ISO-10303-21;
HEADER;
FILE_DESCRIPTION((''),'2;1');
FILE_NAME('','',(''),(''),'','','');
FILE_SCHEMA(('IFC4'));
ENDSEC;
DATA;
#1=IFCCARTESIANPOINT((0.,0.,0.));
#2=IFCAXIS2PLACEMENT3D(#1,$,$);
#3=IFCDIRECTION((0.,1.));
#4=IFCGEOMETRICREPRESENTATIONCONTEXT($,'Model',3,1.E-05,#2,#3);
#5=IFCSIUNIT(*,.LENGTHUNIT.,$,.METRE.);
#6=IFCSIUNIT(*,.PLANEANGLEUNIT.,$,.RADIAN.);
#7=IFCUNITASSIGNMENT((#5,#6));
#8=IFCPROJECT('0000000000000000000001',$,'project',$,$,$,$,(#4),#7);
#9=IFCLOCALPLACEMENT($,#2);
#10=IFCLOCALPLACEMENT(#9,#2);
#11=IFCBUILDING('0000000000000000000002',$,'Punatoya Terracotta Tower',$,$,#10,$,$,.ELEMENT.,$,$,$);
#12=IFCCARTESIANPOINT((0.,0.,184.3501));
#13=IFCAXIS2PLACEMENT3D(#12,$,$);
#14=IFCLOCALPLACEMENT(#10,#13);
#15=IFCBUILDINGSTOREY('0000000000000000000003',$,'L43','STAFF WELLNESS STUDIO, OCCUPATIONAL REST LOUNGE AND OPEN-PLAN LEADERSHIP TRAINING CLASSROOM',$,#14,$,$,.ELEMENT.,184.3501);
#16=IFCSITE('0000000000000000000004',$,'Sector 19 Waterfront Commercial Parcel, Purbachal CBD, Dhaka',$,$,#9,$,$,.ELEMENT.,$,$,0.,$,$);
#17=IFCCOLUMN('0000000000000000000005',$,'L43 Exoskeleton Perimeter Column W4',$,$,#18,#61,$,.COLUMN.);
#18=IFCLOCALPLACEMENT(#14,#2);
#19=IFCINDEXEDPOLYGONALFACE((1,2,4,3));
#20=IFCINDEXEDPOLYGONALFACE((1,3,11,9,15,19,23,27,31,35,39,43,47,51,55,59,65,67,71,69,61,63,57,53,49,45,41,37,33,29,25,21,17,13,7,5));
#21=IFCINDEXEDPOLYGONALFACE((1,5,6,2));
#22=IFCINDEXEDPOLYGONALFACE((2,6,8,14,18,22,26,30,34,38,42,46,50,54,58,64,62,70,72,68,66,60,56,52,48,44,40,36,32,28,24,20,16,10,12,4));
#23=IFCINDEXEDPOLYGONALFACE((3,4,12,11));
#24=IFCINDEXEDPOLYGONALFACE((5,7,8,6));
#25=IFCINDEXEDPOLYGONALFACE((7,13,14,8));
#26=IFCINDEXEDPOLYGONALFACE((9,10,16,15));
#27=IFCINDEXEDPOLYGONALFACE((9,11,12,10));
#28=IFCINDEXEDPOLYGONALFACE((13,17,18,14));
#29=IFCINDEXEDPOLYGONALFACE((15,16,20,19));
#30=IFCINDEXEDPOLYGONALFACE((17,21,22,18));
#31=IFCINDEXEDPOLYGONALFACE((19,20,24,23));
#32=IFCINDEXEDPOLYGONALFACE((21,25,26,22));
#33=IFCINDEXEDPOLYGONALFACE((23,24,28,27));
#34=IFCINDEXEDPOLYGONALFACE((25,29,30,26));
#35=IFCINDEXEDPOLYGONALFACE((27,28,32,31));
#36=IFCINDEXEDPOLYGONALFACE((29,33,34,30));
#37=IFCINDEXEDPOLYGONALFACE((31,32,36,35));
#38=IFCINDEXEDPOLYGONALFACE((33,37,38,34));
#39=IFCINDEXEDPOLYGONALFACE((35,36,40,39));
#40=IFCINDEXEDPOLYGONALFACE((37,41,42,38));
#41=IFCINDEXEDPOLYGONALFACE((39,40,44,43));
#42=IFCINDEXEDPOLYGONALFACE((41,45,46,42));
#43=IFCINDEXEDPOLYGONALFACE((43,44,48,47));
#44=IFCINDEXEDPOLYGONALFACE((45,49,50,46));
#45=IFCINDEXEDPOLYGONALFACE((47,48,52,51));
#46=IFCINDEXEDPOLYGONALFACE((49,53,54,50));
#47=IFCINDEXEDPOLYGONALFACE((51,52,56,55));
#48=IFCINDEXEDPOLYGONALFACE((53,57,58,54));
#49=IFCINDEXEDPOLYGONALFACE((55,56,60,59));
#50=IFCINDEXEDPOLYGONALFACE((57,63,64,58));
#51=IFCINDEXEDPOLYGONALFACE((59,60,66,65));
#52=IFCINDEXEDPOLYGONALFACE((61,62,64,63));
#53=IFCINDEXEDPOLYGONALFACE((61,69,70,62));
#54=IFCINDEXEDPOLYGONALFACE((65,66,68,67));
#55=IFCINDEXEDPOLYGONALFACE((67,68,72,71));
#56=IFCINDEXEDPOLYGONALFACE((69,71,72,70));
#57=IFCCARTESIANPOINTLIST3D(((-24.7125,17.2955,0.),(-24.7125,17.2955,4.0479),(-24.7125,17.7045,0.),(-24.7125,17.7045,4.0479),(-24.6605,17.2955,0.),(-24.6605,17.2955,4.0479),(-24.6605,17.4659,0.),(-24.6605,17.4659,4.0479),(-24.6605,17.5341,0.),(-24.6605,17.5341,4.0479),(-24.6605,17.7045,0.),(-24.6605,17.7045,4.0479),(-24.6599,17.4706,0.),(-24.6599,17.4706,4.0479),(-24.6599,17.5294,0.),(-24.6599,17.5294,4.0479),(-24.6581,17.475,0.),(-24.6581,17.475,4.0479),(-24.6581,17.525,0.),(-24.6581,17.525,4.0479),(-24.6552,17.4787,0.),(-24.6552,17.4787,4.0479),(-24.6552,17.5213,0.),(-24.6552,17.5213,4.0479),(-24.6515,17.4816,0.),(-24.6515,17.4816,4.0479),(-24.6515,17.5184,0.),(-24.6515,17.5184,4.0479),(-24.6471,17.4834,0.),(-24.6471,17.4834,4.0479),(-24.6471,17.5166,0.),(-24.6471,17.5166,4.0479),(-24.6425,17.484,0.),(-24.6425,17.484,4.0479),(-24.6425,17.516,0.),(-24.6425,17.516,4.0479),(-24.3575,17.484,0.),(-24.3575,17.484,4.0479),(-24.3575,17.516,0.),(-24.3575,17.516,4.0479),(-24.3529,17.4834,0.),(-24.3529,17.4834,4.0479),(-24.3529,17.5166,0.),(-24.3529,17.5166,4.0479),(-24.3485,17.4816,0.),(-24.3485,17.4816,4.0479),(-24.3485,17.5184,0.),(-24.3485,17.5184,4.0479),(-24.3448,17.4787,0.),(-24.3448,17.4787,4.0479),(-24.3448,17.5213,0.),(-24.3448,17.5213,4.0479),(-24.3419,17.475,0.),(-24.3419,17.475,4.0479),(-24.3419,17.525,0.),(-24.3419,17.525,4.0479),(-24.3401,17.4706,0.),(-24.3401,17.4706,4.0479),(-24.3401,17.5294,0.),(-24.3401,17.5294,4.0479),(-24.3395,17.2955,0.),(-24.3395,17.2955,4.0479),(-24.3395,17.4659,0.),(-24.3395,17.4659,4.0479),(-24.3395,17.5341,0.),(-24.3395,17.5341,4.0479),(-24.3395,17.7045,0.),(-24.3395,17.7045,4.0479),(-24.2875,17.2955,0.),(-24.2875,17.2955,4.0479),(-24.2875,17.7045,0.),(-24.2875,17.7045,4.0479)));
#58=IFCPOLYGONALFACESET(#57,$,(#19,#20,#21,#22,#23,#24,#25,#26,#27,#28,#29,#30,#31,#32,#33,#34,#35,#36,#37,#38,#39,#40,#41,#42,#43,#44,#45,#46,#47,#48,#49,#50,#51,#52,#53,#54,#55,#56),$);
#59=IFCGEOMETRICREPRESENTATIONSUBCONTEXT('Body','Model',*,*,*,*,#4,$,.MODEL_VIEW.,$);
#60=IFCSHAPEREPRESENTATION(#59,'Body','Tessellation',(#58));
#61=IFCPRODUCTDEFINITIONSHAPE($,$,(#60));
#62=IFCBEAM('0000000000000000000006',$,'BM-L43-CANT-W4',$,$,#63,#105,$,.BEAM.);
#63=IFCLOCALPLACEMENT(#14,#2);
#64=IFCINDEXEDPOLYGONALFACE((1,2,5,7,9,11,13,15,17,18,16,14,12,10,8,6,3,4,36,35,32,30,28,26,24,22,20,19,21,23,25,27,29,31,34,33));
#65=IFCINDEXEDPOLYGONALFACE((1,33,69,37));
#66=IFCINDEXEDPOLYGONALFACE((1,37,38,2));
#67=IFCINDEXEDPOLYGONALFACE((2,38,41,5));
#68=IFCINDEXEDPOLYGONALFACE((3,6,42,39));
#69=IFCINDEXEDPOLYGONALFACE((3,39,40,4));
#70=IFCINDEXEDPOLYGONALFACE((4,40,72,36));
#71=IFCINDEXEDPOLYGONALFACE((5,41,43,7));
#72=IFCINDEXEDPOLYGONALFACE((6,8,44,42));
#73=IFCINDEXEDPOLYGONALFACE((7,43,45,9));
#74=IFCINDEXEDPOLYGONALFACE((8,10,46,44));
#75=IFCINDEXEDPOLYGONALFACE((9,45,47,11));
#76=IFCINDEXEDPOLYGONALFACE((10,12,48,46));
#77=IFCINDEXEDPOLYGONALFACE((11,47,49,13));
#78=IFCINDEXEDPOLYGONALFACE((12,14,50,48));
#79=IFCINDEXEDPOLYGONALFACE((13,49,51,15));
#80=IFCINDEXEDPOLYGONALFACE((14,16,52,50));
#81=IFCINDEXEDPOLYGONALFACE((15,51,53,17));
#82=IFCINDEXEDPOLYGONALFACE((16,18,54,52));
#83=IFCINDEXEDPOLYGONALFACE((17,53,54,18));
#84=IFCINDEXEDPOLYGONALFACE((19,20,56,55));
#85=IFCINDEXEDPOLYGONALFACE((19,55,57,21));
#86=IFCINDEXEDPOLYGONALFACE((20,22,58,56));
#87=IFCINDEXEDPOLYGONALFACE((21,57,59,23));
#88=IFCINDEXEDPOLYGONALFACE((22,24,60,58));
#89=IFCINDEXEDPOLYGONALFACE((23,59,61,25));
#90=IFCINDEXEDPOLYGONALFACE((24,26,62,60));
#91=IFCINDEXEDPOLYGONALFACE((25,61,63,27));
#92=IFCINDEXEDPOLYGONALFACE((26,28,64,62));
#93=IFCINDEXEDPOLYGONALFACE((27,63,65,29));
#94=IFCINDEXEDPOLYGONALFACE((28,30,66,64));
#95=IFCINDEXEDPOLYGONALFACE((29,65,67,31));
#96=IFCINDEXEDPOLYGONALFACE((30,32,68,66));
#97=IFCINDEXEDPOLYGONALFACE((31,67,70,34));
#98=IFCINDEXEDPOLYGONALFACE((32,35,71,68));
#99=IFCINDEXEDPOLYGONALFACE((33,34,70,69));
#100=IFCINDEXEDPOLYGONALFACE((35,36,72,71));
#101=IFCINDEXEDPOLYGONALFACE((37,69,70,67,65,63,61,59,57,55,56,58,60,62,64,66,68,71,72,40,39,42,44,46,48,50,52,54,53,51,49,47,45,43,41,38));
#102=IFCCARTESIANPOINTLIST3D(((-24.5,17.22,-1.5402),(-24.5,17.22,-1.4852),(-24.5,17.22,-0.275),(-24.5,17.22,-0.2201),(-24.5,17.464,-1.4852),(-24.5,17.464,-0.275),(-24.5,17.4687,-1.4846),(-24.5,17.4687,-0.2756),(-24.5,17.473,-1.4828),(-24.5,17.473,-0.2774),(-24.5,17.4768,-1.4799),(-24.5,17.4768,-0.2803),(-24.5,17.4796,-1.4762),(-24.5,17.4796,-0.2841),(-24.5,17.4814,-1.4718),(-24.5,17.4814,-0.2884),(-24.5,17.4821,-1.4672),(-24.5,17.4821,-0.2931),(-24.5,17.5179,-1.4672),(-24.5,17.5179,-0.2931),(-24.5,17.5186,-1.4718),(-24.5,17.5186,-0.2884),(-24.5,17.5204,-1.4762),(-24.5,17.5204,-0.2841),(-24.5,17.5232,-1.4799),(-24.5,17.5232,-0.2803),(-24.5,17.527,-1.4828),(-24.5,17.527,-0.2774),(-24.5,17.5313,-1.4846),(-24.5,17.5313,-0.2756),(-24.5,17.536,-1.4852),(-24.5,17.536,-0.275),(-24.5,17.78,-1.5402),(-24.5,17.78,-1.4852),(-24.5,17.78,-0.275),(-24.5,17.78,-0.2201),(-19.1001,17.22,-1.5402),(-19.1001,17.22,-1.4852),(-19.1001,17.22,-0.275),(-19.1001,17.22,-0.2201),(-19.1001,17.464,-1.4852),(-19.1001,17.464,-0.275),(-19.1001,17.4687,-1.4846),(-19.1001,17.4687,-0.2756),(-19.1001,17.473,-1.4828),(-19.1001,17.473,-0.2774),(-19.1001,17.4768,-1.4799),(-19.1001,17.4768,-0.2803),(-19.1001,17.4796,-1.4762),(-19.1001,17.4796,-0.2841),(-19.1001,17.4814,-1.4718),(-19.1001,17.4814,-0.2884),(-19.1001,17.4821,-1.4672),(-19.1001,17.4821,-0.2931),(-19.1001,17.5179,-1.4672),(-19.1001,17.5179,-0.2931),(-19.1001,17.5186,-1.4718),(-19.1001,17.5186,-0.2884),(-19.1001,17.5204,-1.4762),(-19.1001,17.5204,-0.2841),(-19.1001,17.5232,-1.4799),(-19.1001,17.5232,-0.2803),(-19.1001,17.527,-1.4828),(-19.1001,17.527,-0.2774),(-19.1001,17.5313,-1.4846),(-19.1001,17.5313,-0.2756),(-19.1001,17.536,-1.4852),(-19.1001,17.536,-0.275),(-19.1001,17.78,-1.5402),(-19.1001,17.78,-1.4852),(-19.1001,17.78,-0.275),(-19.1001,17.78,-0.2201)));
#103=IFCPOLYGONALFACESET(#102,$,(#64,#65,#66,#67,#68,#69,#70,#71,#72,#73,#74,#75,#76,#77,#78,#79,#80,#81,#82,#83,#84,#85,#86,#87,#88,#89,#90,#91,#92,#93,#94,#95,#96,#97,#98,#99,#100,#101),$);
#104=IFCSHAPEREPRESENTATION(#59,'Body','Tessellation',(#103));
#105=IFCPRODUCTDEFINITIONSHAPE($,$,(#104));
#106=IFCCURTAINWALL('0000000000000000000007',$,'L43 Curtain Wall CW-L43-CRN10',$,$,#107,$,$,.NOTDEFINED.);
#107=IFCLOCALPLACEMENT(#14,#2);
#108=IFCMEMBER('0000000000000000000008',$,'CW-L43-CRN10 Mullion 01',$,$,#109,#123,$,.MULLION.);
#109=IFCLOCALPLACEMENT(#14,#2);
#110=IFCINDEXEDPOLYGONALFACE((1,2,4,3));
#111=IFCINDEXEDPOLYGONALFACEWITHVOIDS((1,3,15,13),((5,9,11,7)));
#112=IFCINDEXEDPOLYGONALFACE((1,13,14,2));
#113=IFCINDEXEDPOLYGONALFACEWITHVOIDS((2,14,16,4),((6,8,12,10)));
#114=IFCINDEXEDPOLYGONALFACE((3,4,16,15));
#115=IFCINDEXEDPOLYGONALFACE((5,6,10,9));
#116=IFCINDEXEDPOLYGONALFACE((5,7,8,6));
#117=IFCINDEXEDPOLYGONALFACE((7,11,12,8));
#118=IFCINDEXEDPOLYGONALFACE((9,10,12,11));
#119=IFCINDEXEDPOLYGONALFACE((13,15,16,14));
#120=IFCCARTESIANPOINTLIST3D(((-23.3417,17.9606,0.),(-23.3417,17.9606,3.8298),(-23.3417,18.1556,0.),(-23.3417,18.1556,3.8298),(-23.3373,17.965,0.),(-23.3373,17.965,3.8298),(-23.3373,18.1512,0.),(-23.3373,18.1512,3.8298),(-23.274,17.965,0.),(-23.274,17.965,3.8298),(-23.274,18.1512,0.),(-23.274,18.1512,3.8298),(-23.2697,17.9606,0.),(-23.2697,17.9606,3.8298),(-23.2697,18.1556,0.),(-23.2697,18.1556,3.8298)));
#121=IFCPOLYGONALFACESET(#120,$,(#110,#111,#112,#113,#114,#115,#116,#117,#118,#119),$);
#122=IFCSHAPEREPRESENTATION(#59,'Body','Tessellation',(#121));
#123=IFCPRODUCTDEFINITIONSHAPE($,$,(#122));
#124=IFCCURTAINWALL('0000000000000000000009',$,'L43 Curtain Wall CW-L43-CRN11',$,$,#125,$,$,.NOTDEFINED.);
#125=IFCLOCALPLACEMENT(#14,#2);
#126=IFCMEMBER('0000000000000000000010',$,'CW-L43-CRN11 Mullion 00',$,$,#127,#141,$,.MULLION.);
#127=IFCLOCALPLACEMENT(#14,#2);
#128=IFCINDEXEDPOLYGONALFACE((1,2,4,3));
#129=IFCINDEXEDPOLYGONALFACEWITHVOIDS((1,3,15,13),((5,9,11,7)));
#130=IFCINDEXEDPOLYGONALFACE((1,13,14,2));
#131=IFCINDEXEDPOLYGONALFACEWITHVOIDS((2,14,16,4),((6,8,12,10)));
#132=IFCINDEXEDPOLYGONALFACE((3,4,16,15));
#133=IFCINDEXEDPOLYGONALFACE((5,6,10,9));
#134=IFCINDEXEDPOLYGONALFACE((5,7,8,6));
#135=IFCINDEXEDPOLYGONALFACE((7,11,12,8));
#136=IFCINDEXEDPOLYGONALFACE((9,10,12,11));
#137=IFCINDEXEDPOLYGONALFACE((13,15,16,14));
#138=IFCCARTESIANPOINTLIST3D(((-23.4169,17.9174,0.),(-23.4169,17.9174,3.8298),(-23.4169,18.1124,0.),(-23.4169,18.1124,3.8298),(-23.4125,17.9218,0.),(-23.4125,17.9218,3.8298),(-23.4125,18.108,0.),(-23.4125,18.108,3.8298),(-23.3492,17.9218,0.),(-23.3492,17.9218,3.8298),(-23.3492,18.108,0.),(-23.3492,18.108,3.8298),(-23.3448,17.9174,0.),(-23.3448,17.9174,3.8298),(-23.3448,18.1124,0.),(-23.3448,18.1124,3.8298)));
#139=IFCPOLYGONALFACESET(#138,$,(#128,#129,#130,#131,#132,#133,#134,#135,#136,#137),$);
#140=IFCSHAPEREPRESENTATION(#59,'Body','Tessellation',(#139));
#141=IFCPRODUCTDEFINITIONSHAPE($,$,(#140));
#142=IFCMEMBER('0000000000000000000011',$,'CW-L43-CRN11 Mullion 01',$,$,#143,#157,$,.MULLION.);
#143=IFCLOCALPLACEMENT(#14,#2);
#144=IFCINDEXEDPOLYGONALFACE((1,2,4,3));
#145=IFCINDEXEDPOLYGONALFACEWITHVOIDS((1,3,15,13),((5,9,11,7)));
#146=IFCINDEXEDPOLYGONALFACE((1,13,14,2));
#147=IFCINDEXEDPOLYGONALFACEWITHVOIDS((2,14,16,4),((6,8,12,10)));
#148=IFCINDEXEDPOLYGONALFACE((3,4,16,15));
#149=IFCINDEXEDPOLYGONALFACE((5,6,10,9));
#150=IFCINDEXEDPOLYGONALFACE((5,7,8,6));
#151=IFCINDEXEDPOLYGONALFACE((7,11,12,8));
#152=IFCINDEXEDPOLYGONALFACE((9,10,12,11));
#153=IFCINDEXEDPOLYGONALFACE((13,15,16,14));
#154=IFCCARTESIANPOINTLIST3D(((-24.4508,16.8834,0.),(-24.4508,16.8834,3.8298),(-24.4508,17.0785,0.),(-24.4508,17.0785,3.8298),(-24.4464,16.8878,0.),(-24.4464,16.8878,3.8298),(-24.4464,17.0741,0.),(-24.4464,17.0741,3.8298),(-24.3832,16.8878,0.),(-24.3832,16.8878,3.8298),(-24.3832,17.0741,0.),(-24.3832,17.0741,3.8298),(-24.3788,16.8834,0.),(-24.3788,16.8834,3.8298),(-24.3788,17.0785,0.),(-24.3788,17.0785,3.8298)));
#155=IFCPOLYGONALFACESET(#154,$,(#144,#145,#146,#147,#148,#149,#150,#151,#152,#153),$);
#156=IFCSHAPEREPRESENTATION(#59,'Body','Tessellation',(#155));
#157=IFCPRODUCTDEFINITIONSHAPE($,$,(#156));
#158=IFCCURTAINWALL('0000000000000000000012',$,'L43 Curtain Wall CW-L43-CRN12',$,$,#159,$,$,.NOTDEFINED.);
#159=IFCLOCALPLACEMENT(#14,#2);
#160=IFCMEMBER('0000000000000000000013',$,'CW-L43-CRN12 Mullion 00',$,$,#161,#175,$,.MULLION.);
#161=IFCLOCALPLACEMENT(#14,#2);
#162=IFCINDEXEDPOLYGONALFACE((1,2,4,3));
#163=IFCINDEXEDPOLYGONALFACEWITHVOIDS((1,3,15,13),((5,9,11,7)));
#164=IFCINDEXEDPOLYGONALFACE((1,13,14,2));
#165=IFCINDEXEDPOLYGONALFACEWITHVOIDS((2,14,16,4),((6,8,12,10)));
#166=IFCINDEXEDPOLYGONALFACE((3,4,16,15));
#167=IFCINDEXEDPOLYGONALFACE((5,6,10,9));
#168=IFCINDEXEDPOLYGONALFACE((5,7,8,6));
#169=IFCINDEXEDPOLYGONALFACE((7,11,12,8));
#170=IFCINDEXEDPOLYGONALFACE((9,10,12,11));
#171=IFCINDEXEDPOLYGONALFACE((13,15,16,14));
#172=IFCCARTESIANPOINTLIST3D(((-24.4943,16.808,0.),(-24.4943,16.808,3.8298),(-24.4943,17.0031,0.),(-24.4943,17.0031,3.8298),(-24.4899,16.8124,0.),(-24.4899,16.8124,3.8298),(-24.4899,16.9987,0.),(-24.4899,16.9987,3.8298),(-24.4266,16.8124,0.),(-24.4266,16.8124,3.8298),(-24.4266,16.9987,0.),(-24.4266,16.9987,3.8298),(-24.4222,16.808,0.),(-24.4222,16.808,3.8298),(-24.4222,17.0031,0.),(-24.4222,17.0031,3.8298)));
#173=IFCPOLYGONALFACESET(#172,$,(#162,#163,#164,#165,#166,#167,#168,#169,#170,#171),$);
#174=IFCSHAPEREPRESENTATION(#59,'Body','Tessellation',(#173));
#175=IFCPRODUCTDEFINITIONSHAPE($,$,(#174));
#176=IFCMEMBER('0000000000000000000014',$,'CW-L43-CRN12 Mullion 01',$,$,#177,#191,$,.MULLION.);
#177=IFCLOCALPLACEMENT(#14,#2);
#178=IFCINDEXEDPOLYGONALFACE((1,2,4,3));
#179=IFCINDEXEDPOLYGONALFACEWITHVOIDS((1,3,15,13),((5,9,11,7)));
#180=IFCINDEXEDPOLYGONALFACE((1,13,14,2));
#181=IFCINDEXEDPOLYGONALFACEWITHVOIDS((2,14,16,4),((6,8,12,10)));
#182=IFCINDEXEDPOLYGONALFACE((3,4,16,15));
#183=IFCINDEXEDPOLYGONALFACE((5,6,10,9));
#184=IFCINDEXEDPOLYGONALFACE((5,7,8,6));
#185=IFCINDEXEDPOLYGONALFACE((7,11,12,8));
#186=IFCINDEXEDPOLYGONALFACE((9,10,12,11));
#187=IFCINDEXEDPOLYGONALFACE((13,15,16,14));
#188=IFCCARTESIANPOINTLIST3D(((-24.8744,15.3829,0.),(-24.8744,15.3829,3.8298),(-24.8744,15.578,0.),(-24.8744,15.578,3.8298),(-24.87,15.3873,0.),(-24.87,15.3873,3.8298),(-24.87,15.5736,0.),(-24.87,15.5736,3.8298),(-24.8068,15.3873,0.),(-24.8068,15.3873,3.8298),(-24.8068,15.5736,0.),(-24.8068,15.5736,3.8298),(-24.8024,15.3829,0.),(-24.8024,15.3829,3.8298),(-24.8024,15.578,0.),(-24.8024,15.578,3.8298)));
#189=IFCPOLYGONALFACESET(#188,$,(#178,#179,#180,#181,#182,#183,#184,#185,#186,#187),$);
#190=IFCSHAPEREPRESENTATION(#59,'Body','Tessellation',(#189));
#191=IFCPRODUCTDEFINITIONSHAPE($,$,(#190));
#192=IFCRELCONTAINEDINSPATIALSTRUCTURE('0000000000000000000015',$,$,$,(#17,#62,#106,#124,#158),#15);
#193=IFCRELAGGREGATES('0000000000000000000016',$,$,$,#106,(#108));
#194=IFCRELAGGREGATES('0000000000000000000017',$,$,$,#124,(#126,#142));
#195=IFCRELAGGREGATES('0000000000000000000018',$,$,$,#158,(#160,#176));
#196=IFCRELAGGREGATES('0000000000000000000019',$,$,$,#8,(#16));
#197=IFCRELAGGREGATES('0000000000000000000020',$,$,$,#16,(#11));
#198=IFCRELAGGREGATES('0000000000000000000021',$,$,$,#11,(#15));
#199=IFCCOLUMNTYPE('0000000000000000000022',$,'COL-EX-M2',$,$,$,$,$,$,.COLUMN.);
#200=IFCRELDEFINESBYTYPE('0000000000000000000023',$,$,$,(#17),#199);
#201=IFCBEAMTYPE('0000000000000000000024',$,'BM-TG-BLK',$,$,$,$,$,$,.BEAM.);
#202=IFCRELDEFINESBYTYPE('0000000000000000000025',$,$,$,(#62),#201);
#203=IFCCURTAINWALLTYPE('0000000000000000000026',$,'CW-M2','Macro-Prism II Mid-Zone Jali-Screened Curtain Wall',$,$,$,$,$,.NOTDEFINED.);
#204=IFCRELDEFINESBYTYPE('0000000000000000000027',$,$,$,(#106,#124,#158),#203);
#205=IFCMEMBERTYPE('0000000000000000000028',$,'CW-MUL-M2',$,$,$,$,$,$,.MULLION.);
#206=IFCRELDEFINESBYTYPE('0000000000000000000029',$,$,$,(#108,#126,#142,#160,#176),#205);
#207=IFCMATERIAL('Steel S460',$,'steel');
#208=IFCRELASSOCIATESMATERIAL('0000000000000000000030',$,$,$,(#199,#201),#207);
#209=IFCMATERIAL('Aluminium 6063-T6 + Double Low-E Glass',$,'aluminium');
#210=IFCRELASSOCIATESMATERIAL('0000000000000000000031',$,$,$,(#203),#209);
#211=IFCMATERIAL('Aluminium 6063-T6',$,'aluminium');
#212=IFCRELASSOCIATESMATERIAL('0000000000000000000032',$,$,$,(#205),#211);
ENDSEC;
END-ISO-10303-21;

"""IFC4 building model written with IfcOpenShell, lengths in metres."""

from ifc_helpers import new_model, si_unit, direction, frame, origin, origin_2d, place, context, subcontext, project, spatial, hollow_rectangle, i_section, extrude, material, material_profile, profile_set, type_object, element, aggregate, save


model = new_model("IFC4")

# Units and contexts
model_context = context("Model", 3, precision=1e-05, world=origin(), true_north=direction((0.0, 1.0)))
body_context = subcontext(model_context, "Body", "Model", "MODEL_VIEW")
ifc_project = project(units=[si_unit("LENGTHUNIT", "METRE"), si_unit("PLANEANGLEUNIT", "RADIAN")], contexts=[model_context])

# Site, building, storey
site_placement = place(None, origin())
site = spatial("IfcSite", under=ifc_project, at=site_placement, Name="Sector 19 Waterfront Commercial Parcel, Purbachal CBD, Dhaka", CompositionType="ELEMENT", RefElevation=0.0)
building_placement = place(site_placement, origin())
building = spatial("IfcBuilding", under=site, at=building_placement, Name="Punatoya Terracotta Tower", CompositionType="ELEMENT")
storey_placement = place(building_placement, frame((0.0, 0.0, 184.3501)))
storey = spatial("IfcBuildingStorey", under=building, at=storey_placement, Name="L43", Description="STAFF WELLNESS STUDIO, OCCUPATIONAL REST LOUNGE AND OPEN-PLAN LEADERSHIP TRAINING CLASSROOM", CompositionType="ELEMENT", Elevation=184.3501)

# Column
ifc_material_1 = material(Name="Steel S460", Category="steel")
ifc_material_profile_1 = material_profile(ifc_material_1, i_section(OverallWidth=0.4089, OverallDepth=0.425, WebThickness=0.032, FlangeThickness=0.052, FilletRadius=0.0181, at=origin_2d()))
ifc_profile_set_1 = profile_set([ifc_material_profile_1], Name="Steel S460")
column_type = type_object("IfcColumnType", Name="COL-EX-M2", PredefinedType="COLUMN", material=ifc_profile_set_1)
column_placement = place(storey_placement, frame((-24.5, 17.5, 0.0), z_axis=(0.0, 0.0, 1.0), x_axis=(0.0, 1.0, 0.0)))
element("IfcColumn", 1, at=column_placement, inside=storey, type_object=column_type, Name="L43 Exoskeleton Perimeter Column W4", PredefinedType="COLUMN", context=body_context, shape_type="SweptSolid", body=[
    extrude(i_section(OverallWidth=0.4089, OverallDepth=0.425, WebThickness=0.032, FlangeThickness=0.052, FilletRadius=0.0181, at=origin_2d()), origin(), (0.0, 0.0, 1.0), 4.0479),
])

# Beam
ifc_material_profile_2 = material_profile(ifc_material_1, i_section(OverallWidth=0.5601, OverallDepth=1.3201, WebThickness=0.0359, FlangeThickness=0.0549, FilletRadius=0.0181, at=origin_2d()))
ifc_profile_set_2 = profile_set([ifc_material_profile_2], Name="Steel S460")
beam_type = type_object("IfcBeamType", Name="BM-TG-BLK", PredefinedType="BEAM", material=ifc_profile_set_2)
beam_placement = place(storey_placement, frame((-24.5, 17.5, -0.8801), z_axis=(1.0, 0.0, 0.0), x_axis=(0.0, 1.0, 0.0)))
element("IfcBeam", 2, at=beam_placement, inside=storey, type_object=beam_type, Name="BM-L43-CANT-W4", PredefinedType="BEAM", context=body_context, shape_type="SweptSolid", body=[
    extrude(i_section(OverallWidth=0.5601, OverallDepth=1.3201, WebThickness=0.0359, FlangeThickness=0.0549, FilletRadius=0.0181, at=origin_2d()), origin(), (0.0, 0.0, 1.0), 5.3999),
])

# Curtain wall, member
ifc_material_2 = material(Name="Aluminium 6063-T6 + Double Low-E Glass", Category="aluminium")
curtain_wall_type = type_object("IfcCurtainWallType", Name="CW-M2", Description="Macro-Prism II Mid-Zone Jali-Screened Curtain Wall", PredefinedType="NOTDEFINED", material=ifc_material_2)
curtain_wall_1_placement = place(storey_placement, origin())
curtain_wall_1 = element("IfcCurtainWall", 3, at=curtain_wall_1_placement, inside=storey, type_object=curtain_wall_type, Name="L43 Curtain Wall CW-L43-CRN10", PredefinedType="NOTDEFINED")
ifc_material_3 = material(Name="Aluminium 6063-T6", Category="aluminium")
ifc_material_profile_3 = material_profile(ifc_material_3, hollow_rectangle(XDim=0.072, YDim=0.1951, WallThickness=0.0044, at=origin_2d()))
ifc_profile_set_3 = profile_set([ifc_material_profile_3], Name="Aluminium 6063-T6")
member_type_1 = type_object("IfcMemberType", Name="CW-MUL-M2", PredefinedType="MULLION", material=ifc_profile_set_3)
member_1_placement = place(storey_placement, frame((-23.3057, 18.0581, 0.0), z_axis=(0.0, 0.0, 1.0), x_axis=(1.0, 0.0, 0.0)))
member_1 = element("IfcMember", 4, at=member_1_placement, type_object=member_type_1, Name="CW-L43-CRN10 Mullion 01", PredefinedType="MULLION", context=body_context, shape_type="SweptSolid", body=[
    extrude(hollow_rectangle(XDim=0.072, YDim=0.1951, WallThickness=0.0044, at=origin_2d()), origin(), (0.0, 0.0, 1.0), 3.8298),
])

# Curtain walls, members
curtain_wall_2_placement = place(storey_placement, origin())
curtain_wall_2 = element("IfcCurtainWall", 5, at=curtain_wall_2_placement, inside=storey, type_object=curtain_wall_type, Name="L43 Curtain Wall CW-L43-CRN11", PredefinedType="NOTDEFINED")
member_2_placement = place(storey_placement, frame((-23.3809, 18.0149, 0.0), z_axis=(0.0, 0.0, 1.0), x_axis=(1.0, 0.0, 0.0)))
member_2 = element("IfcMember", 6, at=member_2_placement, type_object=member_type_1, Name="CW-L43-CRN11 Mullion 00", PredefinedType="MULLION", context=body_context, shape_type="SweptSolid", body=[
    extrude(hollow_rectangle(XDim=0.072, YDim=0.1951, WallThickness=0.0044, at=origin_2d()), origin(), (0.0, 0.0, 1.0), 3.8298),
])
member_3_placement = place(storey_placement, frame((-24.4148, 16.981, 0.0), z_axis=(0.0, 0.0, 1.0), x_axis=(1.0, 0.0, 0.0)))
member_3 = element("IfcMember", 7, at=member_3_placement, type_object=member_type_1, Name="CW-L43-CRN11 Mullion 01", PredefinedType="MULLION", context=body_context, shape_type="SweptSolid", body=[
    extrude(hollow_rectangle(XDim=0.072, YDim=0.1951, WallThickness=0.0044, at=origin_2d()), origin(), (0.0, 0.0, 1.0), 3.8298),
])
curtain_wall_3_placement = place(storey_placement, origin())
curtain_wall_3 = element("IfcCurtainWall", 8, at=curtain_wall_3_placement, inside=storey, type_object=curtain_wall_type, Name="L43 Curtain Wall CW-L43-CRN12", PredefinedType="NOTDEFINED")
member_4_placement = place(storey_placement, frame((-24.4583, 16.9055, 0.0), z_axis=(0.0, 0.0, 1.0), x_axis=(1.0, 0.0, 0.0)))
member_4 = element("IfcMember", 9, at=member_4_placement, type_object=member_type_1, Name="CW-L43-CRN12 Mullion 00", PredefinedType="MULLION", context=body_context, shape_type="SweptSolid", body=[
    extrude(hollow_rectangle(XDim=0.072, YDim=0.1951, WallThickness=0.0044, at=origin_2d()), origin(), (0.0, 0.0, 1.0), 3.8298),
])
member_5_placement = place(storey_placement, frame((-24.8384, 15.4805, 0.0), z_axis=(0.0, 0.0, 1.0), x_axis=(1.0, 0.0, 0.0)))
member_5 = element("IfcMember", 10, at=member_5_placement, type_object=member_type_1, Name="CW-L43-CRN12 Mullion 01", PredefinedType="MULLION", context=body_context, shape_type="SweptSolid", body=[
    extrude(hollow_rectangle(XDim=0.072, YDim=0.1951, WallThickness=0.0044, at=origin_2d()), origin(), (0.0, 0.0, 1.0), 3.8298),
])

aggregate(curtain_wall_1, [member_1])
aggregate(curtain_wall_2, [member_2, member_3])
aggregate(curtain_wall_3, [member_4, member_5])

save(model, "model.ifc")
